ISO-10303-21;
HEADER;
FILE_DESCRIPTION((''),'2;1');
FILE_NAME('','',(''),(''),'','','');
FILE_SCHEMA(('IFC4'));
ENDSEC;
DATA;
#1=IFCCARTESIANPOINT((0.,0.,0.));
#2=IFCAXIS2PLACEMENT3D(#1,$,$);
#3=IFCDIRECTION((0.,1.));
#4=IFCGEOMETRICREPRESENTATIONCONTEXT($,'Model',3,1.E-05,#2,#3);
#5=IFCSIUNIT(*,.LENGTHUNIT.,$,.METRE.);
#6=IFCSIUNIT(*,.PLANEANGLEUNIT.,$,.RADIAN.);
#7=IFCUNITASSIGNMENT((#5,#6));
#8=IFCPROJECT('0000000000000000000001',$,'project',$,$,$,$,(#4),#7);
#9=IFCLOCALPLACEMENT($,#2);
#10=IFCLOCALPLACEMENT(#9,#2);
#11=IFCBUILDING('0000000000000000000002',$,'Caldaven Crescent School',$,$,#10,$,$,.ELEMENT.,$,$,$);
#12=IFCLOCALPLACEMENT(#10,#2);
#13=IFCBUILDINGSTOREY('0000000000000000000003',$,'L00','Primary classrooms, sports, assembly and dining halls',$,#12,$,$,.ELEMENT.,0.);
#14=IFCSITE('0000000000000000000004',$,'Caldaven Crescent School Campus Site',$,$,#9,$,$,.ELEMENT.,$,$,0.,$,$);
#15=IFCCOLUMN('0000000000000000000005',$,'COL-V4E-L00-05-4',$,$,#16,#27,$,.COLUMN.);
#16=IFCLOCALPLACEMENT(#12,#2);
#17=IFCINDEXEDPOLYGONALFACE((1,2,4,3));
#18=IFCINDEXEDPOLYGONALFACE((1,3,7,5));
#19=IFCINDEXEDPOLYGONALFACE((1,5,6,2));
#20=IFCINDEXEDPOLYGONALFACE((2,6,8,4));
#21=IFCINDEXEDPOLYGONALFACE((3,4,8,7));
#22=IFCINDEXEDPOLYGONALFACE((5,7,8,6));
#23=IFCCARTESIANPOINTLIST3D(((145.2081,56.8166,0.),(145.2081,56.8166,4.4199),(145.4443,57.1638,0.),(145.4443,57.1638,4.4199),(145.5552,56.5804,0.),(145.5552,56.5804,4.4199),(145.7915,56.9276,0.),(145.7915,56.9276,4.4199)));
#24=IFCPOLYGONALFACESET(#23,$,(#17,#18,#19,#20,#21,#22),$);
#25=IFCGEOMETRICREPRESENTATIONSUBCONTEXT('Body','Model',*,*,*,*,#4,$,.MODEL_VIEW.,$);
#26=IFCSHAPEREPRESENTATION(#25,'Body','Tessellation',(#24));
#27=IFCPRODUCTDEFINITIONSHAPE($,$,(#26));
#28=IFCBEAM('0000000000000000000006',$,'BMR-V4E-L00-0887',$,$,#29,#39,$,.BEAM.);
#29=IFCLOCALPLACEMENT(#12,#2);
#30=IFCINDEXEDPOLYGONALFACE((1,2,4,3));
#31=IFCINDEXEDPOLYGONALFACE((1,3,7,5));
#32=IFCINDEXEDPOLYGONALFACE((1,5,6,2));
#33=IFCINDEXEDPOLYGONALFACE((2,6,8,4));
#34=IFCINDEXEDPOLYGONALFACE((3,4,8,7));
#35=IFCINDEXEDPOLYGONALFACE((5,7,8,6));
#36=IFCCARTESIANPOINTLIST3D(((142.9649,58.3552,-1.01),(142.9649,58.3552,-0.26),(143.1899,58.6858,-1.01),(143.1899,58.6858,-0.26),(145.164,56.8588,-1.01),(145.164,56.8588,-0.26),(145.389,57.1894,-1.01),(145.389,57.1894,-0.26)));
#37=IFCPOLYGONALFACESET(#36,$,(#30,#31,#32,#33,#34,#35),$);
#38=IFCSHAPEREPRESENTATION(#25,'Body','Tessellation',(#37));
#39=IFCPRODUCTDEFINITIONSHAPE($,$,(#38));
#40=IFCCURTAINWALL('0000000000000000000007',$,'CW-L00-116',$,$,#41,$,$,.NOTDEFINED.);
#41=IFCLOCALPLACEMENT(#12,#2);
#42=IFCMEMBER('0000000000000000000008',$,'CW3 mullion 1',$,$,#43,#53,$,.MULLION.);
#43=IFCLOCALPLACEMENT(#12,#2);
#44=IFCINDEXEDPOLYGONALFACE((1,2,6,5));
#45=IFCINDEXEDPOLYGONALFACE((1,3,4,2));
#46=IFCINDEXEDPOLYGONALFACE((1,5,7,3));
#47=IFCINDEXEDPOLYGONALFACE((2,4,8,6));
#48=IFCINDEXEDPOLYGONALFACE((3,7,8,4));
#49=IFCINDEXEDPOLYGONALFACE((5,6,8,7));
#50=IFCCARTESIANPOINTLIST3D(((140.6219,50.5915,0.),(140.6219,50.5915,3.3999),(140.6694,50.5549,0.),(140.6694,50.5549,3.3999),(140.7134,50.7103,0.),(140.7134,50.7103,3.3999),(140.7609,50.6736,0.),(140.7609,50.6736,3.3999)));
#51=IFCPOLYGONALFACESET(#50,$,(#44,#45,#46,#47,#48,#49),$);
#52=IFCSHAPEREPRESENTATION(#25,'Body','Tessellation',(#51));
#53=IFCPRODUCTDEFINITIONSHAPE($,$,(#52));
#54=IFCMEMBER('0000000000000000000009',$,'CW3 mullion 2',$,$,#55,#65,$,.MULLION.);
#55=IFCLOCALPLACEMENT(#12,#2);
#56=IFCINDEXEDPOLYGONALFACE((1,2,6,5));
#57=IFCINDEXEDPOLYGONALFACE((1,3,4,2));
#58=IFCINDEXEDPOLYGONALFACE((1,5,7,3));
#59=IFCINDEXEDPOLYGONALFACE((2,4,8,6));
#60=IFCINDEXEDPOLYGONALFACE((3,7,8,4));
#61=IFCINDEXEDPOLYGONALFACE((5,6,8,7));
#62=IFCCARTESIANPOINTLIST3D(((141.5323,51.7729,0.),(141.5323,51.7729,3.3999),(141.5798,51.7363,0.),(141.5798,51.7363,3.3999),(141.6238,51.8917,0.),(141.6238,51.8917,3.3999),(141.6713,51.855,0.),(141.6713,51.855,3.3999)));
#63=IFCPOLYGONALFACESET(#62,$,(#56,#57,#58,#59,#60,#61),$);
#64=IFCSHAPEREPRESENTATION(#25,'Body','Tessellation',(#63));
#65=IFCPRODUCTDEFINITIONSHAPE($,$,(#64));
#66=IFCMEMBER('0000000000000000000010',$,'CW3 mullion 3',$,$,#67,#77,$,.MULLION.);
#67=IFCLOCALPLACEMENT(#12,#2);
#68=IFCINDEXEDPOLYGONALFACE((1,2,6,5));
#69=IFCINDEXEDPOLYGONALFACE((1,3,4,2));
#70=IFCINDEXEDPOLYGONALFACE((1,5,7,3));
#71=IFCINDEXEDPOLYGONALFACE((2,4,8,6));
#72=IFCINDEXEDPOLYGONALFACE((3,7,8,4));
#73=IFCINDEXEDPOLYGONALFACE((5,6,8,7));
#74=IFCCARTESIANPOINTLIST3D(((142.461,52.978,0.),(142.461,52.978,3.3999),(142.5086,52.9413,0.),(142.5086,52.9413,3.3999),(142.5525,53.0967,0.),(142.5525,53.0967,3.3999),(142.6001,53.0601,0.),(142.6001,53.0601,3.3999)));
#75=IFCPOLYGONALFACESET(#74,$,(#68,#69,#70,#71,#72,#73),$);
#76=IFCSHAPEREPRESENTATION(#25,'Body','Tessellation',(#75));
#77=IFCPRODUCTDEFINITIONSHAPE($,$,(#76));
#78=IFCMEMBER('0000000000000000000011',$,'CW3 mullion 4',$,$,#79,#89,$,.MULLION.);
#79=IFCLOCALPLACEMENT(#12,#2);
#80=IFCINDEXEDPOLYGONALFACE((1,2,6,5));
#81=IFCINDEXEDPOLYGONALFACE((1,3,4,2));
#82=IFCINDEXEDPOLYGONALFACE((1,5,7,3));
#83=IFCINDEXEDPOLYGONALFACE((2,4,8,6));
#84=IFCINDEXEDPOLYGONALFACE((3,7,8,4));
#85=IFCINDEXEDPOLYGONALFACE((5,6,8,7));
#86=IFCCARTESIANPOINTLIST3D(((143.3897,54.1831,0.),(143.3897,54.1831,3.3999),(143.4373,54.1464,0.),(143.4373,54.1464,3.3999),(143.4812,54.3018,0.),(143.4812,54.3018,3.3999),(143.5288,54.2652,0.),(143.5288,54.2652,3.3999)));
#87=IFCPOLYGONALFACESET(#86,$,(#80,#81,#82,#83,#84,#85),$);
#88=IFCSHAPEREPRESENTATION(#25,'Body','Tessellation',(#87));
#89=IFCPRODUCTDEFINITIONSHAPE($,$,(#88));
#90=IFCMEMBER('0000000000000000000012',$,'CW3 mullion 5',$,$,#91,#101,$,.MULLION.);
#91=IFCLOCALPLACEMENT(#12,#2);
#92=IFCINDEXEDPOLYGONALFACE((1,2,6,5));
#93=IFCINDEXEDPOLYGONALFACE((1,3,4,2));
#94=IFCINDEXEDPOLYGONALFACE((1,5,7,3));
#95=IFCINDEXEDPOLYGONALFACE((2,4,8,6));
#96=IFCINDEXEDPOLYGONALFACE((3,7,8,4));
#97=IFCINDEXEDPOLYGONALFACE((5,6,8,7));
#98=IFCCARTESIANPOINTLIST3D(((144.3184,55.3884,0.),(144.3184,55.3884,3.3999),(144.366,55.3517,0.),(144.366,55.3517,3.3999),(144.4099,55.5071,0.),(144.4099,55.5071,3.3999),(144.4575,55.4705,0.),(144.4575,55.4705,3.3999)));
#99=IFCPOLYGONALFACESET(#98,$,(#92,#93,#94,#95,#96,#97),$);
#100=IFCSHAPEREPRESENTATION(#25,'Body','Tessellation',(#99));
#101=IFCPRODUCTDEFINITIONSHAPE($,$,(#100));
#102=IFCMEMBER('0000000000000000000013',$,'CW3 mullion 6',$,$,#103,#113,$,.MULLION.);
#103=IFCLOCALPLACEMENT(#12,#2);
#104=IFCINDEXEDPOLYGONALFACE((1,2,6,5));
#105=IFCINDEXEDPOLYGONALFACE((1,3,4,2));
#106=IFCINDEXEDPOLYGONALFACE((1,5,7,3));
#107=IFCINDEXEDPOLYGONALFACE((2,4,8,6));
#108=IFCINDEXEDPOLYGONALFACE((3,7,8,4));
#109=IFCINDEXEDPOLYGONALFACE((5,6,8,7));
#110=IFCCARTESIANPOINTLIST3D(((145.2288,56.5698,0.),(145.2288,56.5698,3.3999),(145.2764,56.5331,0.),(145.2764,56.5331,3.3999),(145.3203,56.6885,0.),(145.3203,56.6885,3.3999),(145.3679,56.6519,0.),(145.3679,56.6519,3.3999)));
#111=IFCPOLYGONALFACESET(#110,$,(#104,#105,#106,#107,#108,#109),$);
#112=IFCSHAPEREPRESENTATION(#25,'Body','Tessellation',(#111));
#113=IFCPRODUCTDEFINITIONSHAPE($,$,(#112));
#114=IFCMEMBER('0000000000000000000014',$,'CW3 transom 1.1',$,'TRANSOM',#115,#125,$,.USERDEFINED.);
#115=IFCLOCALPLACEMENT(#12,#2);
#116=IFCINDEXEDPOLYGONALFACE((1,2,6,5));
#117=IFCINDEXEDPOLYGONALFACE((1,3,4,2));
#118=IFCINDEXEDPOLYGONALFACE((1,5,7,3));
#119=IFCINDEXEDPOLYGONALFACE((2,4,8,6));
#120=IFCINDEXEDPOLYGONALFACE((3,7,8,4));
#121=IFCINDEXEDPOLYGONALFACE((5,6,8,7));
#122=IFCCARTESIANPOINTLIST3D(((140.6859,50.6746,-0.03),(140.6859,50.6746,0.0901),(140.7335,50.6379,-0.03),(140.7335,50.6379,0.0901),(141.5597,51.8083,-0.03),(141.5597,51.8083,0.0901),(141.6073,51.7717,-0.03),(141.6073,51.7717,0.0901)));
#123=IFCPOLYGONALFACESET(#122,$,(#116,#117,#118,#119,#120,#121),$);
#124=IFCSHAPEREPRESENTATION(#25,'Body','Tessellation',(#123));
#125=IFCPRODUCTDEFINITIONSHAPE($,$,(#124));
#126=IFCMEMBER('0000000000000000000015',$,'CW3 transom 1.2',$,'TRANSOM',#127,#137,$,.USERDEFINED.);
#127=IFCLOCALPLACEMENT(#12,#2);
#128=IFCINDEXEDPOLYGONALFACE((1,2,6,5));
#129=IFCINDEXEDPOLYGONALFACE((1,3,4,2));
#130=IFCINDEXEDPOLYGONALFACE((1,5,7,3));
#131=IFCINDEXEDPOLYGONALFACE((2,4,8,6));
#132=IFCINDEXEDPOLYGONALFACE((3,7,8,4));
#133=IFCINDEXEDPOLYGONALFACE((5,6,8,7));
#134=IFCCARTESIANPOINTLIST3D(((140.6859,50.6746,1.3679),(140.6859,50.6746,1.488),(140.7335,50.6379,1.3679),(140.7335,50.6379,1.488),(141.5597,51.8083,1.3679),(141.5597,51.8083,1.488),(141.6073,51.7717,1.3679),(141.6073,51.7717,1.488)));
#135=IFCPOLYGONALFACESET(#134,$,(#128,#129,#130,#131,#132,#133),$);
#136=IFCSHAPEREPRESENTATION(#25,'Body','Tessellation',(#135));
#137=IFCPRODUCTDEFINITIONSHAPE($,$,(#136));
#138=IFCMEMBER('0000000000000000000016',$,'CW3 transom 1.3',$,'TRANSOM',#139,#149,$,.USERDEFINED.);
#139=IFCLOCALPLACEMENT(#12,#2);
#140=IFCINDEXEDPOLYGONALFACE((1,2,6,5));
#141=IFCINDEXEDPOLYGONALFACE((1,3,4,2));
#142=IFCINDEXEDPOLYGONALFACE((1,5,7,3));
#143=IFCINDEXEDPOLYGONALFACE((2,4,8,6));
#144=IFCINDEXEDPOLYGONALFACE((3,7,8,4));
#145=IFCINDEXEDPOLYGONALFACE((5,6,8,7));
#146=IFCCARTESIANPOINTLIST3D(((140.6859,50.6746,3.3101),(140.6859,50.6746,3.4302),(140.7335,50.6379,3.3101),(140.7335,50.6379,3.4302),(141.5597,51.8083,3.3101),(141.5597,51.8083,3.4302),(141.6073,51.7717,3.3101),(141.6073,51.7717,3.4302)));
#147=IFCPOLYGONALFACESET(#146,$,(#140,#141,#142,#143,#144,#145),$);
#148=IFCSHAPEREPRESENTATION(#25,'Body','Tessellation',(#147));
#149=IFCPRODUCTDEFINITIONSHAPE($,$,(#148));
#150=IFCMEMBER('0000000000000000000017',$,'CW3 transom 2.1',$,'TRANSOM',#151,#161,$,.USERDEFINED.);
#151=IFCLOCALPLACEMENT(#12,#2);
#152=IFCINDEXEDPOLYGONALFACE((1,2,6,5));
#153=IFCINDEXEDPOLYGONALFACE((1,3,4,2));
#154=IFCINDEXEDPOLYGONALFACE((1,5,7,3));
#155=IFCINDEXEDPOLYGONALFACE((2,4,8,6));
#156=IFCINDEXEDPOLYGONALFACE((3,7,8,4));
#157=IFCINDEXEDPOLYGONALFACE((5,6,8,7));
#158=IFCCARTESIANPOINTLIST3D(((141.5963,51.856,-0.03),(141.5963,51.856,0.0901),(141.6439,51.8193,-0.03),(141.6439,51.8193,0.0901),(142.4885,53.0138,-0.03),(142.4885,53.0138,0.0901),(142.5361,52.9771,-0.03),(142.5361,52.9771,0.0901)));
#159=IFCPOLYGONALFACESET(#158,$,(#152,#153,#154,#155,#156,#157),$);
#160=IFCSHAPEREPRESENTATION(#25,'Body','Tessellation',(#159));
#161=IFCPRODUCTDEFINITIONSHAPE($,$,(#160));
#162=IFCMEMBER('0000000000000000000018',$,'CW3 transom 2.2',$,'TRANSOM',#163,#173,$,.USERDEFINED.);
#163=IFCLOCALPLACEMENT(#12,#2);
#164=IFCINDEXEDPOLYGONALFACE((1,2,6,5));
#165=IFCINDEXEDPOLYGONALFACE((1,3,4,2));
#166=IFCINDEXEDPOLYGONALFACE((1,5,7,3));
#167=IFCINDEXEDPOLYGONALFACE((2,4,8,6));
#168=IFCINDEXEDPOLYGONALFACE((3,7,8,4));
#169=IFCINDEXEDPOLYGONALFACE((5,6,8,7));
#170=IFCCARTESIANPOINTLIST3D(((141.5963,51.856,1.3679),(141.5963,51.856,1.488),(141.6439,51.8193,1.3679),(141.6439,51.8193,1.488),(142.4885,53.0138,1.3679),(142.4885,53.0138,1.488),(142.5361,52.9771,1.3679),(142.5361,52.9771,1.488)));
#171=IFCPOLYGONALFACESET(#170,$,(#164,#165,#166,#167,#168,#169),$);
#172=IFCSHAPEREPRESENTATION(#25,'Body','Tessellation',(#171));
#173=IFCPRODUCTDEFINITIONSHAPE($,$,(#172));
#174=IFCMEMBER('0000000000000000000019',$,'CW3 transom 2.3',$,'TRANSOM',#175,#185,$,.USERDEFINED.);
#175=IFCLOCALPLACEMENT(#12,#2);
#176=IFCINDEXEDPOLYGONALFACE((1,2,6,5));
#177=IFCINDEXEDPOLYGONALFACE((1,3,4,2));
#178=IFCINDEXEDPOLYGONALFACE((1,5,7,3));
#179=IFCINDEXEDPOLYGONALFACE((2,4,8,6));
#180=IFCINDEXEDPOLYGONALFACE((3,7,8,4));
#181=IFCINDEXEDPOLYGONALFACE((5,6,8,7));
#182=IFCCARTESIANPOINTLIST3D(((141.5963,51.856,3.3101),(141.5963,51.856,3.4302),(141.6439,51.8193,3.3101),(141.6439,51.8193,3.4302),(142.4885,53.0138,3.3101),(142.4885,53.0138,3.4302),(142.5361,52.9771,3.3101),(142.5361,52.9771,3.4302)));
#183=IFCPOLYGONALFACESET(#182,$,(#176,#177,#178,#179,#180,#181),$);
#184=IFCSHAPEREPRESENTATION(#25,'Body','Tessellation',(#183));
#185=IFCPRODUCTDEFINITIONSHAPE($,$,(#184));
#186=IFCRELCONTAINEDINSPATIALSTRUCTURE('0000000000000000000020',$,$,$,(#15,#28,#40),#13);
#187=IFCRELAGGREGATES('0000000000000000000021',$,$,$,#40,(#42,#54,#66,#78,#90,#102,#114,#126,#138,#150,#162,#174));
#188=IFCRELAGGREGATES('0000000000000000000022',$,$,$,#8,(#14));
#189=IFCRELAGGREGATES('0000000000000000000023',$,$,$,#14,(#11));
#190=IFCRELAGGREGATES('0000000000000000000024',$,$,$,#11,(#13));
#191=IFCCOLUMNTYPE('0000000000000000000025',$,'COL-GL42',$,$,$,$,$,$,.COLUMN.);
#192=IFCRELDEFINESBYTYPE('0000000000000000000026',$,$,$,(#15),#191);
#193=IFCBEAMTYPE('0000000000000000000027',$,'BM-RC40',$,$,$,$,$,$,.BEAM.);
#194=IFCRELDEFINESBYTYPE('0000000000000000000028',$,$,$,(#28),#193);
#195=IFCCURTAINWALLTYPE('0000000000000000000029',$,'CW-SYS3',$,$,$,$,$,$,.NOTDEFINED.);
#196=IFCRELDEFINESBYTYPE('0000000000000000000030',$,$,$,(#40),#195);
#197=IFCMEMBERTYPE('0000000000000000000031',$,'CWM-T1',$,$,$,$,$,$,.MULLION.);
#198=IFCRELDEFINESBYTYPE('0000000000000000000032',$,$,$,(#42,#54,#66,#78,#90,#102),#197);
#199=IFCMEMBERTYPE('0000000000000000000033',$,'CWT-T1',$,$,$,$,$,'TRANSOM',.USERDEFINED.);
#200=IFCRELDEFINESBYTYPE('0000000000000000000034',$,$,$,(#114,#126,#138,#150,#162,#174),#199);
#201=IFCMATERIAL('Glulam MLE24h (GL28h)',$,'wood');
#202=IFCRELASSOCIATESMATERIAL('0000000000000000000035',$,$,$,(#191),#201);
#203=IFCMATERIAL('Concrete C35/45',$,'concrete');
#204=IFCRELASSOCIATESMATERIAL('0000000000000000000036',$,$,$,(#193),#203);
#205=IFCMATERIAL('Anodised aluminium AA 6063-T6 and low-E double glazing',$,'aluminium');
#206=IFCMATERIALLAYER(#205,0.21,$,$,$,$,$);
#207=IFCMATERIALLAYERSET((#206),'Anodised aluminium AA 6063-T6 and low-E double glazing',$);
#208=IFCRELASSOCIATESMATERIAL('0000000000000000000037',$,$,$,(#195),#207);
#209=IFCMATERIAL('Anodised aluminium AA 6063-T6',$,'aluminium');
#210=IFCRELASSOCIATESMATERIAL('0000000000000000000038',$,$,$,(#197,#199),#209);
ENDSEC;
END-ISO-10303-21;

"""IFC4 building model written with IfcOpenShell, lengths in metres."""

from ifc_helpers import new_model, si_unit, direction, frame, origin, origin_2d, place, context, subcontext, project, spatial, rectangle, extrude, material, layer, layer_set, material_profile, profile_set, type_object, element, aggregate, save


model = new_model("IFC4")

# Units and contexts
model_context = context("Model", 3, precision=1e-05, world=origin(), true_north=direction((0.0, 1.0)))
body_context = subcontext(model_context, "Body", "Model", "MODEL_VIEW")
ifc_project = project(units=[si_unit("LENGTHUNIT", "METRE"), si_unit("PLANEANGLEUNIT", "RADIAN")], contexts=[model_context])

# Site, building, storey
site_placement = place(None, origin())
site = spatial("IfcSite", under=ifc_project, at=site_placement, Name="Caldaven Crescent School Campus Site", CompositionType="ELEMENT", RefElevation=0.0)
building_placement = place(site_placement, origin())
building = spatial("IfcBuilding", under=site, at=building_placement, Name="Caldaven Crescent School", CompositionType="ELEMENT")
storey_placement = place(building_placement, origin())
storey = spatial("IfcBuildingStorey", under=building, at=storey_placement, Name="L00", Description="Primary classrooms, sports, assembly and dining halls", CompositionType="ELEMENT", Elevation=0.0)

# Column
ifc_material_1 = material(Name="Glulam MLE24h (GL28h)", Category="wood")
ifc_material_profile_1 = material_profile(ifc_material_1, rectangle(XDim=0.4199, YDim=0.4199, at=origin_2d()), Name="MLE 420x420")
ifc_profile_set_1 = profile_set([ifc_material_profile_1], Name="Glulam MLE24h (GL28h)")
column_type = type_object("IfcColumnType", Name="COL-GL42", PredefinedType="COLUMN", material=ifc_profile_set_1)
column_placement = place(storey_placement, frame((145.4998, 56.8721, 0.0), z_axis=(0.0, 0.0, 1.0), x_axis=(0.826786, -0.562516, 0.0)))
element("IfcColumn", 1, at=column_placement, inside=storey, type_object=column_type, Name="COL-V4E-L00-05-4", PredefinedType="COLUMN", context=body_context, shape_type="SweptSolid", body=[
    extrude(rectangle(XDim=0.4199, YDim=0.4199, at=origin_2d()), origin(), (0.0, 0.0, 1.0), 4.4199),
])

# Beam
ifc_material_2 = material(Name="Concrete C35/45", Category="concrete")
ifc_material_profile_2 = material_profile(ifc_material_2, rectangle(XDim=0.3999, YDim=0.75, at=origin_2d()), Name="RC 400x750")
ifc_profile_set_2 = profile_set([ifc_material_profile_2], Name="Concrete C35/45")
beam_type = type_object("IfcBeamType", Name="BM-RC40", PredefinedType="BEAM", material=ifc_profile_set_2)
beam_placement = place(storey_placement, frame((143.0774, 58.5205, -0.635), z_axis=(0.826745, -0.562576, 0.0), x_axis=(0.562576, 0.826745, 0.0)))
element("IfcBeam", 2, at=beam_placement, inside=storey, type_object=beam_type, Name="BMR-V4E-L00-0887", PredefinedType="BEAM", context=body_context, shape_type="SweptSolid", body=[
    extrude(rectangle(XDim=0.3999, YDim=0.75, at=origin_2d()), origin(), (0.0, 0.0, 1.0), 2.6599),
])

# Curtain wall, members
ifc_material_3 = material(Name="Anodised aluminium AA 6063-T6 and low-E double glazing", Category="aluminium")
ifc_layer_1 = layer(ifc_material_3, 0.21)
ifc_layer_set_1 = layer_set([ifc_layer_1], Name="Anodised aluminium AA 6063-T6 and low-E double glazing")
curtain_wall_type = type_object("IfcCurtainWallType", Name="CW-SYS3", PredefinedType="NOTDEFINED", material=ifc_layer_set_1)
curtain_wall_placement = place(storey_placement, origin())
curtain_wall = element("IfcCurtainWall", 3, at=curtain_wall_placement, inside=storey, type_object=curtain_wall_type, Name="CW-L00-116", PredefinedType="NOTDEFINED")
ifc_material_4 = material(Name="Anodised aluminium AA 6063-T6", Category="aluminium")
ifc_material_profile_3 = material_profile(ifc_material_4, rectangle(XDim=0.0601, YDim=0.1499, at=origin_2d()), Name="CWM 60x150")
ifc_profile_set_3 = profile_set([ifc_material_profile_3], Name="Anodised aluminium AA 6063-T6")
member_type_1 = type_object("IfcMemberType", Name="CWM-T1", PredefinedType="MULLION", material=ifc_profile_set_3)
member_1_placement = place(storey_placement, frame((140.6914, 50.6326, 0.0), z_axis=(0.0, 0.0, 1.0), x_axis=(-0.792104, 0.610386, 0.0)))
member_1 = element("IfcMember", 4, at=member_1_placement, type_object=member_type_1, Name="CW3 mullion 1", PredefinedType="MULLION", context=body_context, shape_type="SweptSolid", body=[
    extrude(rectangle(XDim=0.0601, YDim=0.1499, at=origin_2d()), origin(), (0.0, 0.0, 1.0), 3.3999),
])
member_2_placement = place(storey_placement, frame((141.6018, 51.814, 0.0), z_axis=(0.0, 0.0, 1.0), x_axis=(-0.792104, 0.610386, 0.0)))
member_2 = element("IfcMember", 5, at=member_2_placement, type_object=member_type_1, Name="CW3 mullion 2", PredefinedType="MULLION", context=body_context, shape_type="SweptSolid", body=[
    extrude(rectangle(XDim=0.0601, YDim=0.1499, at=origin_2d()), origin(), (0.0, 0.0, 1.0), 3.3999),
])
member_3_placement = place(storey_placement, frame((142.5305, 53.019, 0.0), z_axis=(0.0, 0.0, 1.0), x_axis=(-0.792104, 0.610386, 0.0)))
member_3 = element("IfcMember", 6, at=member_3_placement, type_object=member_type_1, Name="CW3 mullion 3", PredefinedType="MULLION", context=body_context, shape_type="SweptSolid", body=[
    extrude(rectangle(XDim=0.0601, YDim=0.1499, at=origin_2d()), origin(), (0.0, 0.0, 1.0), 3.3999),
])
member_4_placement = place(storey_placement, frame((143.4592, 54.2241, 0.0), z_axis=(0.0, 0.0, 1.0), x_axis=(-0.792104, 0.610386, 0.0)))
member_4 = element("IfcMember", 7, at=member_4_placement, type_object=member_type_1, Name="CW3 mullion 4", PredefinedType="MULLION", context=body_context, shape_type="SweptSolid", body=[
    extrude(rectangle(XDim=0.0601, YDim=0.1499, at=origin_2d()), origin(), (0.0, 0.0, 1.0), 3.3999),
])
member_5_placement = place(storey_placement, frame((144.3879, 55.4294, 0.0), z_axis=(0.0, 0.0, 1.0), x_axis=(-0.792104, 0.610386, 0.0)))
member_5 = element("IfcMember", 8, at=member_5_placement, type_object=member_type_1, Name="CW3 mullion 5", PredefinedType="MULLION", context=body_context, shape_type="SweptSolid", body=[
    extrude(rectangle(XDim=0.0601, YDim=0.1499, at=origin_2d()), origin(), (0.0, 0.0, 1.0), 3.3999),
])
member_6_placement = place(storey_placement, frame((145.2983, 56.6108, 0.0), z_axis=(0.0, 0.0, 1.0), x_axis=(-0.792104, 0.610386, 0.0)))
member_6 = element("IfcMember", 9, at=member_6_placement, type_object=member_type_1, Name="CW3 mullion 6", PredefinedType="MULLION", context=body_context, shape_type="SweptSolid", body=[
    extrude(rectangle(XDim=0.0601, YDim=0.1499, at=origin_2d()), origin(), (0.0, 0.0, 1.0), 3.3999),
])
ifc_material_profile_4 = material_profile(ifc_material_4, rectangle(XDim=0.0601, YDim=0.1201, at=origin_2d()), Name="CWT 60x120")
ifc_profile_set_4 = profile_set([ifc_material_profile_4], Name="Anodised aluminium AA 6063-T6")
member_type_2 = type_object("IfcMemberType", Name="CWT-T1", ElementType="TRANSOM", PredefinedType="USERDEFINED", material=ifc_profile_set_4)
member_7_placement = place(storey_placement, frame((140.7097, 50.6562, 0.03), z_axis=(0.610428, 0.792072, 0.0), x_axis=(-0.792072, 0.610428, 0.0)))
member_7 = element("IfcMember", 10, at=member_7_placement, type_object=member_type_2, Name="CW3 transom 1.1", ObjectType="TRANSOM", PredefinedType="USERDEFINED", context=body_context, shape_type="SweptSolid", body=[
    extrude(rectangle(XDim=0.0601, YDim=0.1201, at=origin_2d()), origin(), (0.0, 0.0, 1.0), 1.4314),
])
member_8_placement = place(storey_placement, frame((140.7097, 50.6562, 1.428), z_axis=(0.610428, 0.792072, 0.0), x_axis=(-0.792072, 0.610428, 0.0)))
member_8 = element("IfcMember", 11, at=member_8_placement, type_object=member_type_2, Name="CW3 transom 1.2", ObjectType="TRANSOM", PredefinedType="USERDEFINED", context=body_context, shape_type="SweptSolid", body=[
    extrude(rectangle(XDim=0.0601, YDim=0.1201, at=origin_2d()), origin(), (0.0, 0.0, 1.0), 1.4314),
])
member_9_placement = place(storey_placement, frame((140.7097, 50.6562, 3.3701), z_axis=(0.610428, 0.792072, 0.0), x_axis=(-0.792072, 0.610428, 0.0)))
member_9 = element("IfcMember", 12, at=member_9_placement, type_object=member_type_2, Name="CW3 transom 1.3", ObjectType="TRANSOM", PredefinedType="USERDEFINED", context=body_context, shape_type="SweptSolid", body=[
    extrude(rectangle(XDim=0.0601, YDim=0.1201, at=origin_2d()), origin(), (0.0, 0.0, 1.0), 1.4314),
])
member_10_placement = place(storey_placement, frame((141.6201, 51.8376, 0.03), z_axis=(0.610373, 0.792115, 0.0), x_axis=(-0.792115, 0.610373, 0.0)))
member_10 = element("IfcMember", 13, at=member_10_placement, type_object=member_type_2, Name="CW3 transom 2.1", ObjectType="TRANSOM", PredefinedType="USERDEFINED", context=body_context, shape_type="SweptSolid", body=[
    extrude(rectangle(XDim=0.0601, YDim=0.1201, at=origin_2d()), origin(), (0.0, 0.0, 1.0), 1.4617),
])
member_11_placement = place(storey_placement, frame((141.6201, 51.8376, 1.428), z_axis=(0.610373, 0.792115, 0.0), x_axis=(-0.792115, 0.610373, 0.0)))
member_11 = element("IfcMember", 14, at=member_11_placement, type_object=member_type_2, Name="CW3 transom 2.2", ObjectType="TRANSOM", PredefinedType="USERDEFINED", context=body_context, shape_type="SweptSolid", body=[
    extrude(rectangle(XDim=0.0601, YDim=0.1201, at=origin_2d()), origin(), (0.0, 0.0, 1.0), 1.4617),
])
member_12_placement = place(storey_placement, frame((141.6201, 51.8376, 3.3701), z_axis=(0.610373, 0.792115, 0.0), x_axis=(-0.792115, 0.610373, 0.0)))
member_12 = element("IfcMember", 15, at=member_12_placement, type_object=member_type_2, Name="CW3 transom 2.3", ObjectType="TRANSOM", PredefinedType="USERDEFINED", context=body_context, shape_type="SweptSolid", body=[
    extrude(rectangle(XDim=0.0601, YDim=0.1201, at=origin_2d()), origin(), (0.0, 0.0, 1.0), 1.4617),
])
aggregate(curtain_wall, [member_1, member_2, member_3, member_4, member_5, member_6, member_7, member_8, member_9, member_10, member_11, member_12])

save(model, "model.ifc")
